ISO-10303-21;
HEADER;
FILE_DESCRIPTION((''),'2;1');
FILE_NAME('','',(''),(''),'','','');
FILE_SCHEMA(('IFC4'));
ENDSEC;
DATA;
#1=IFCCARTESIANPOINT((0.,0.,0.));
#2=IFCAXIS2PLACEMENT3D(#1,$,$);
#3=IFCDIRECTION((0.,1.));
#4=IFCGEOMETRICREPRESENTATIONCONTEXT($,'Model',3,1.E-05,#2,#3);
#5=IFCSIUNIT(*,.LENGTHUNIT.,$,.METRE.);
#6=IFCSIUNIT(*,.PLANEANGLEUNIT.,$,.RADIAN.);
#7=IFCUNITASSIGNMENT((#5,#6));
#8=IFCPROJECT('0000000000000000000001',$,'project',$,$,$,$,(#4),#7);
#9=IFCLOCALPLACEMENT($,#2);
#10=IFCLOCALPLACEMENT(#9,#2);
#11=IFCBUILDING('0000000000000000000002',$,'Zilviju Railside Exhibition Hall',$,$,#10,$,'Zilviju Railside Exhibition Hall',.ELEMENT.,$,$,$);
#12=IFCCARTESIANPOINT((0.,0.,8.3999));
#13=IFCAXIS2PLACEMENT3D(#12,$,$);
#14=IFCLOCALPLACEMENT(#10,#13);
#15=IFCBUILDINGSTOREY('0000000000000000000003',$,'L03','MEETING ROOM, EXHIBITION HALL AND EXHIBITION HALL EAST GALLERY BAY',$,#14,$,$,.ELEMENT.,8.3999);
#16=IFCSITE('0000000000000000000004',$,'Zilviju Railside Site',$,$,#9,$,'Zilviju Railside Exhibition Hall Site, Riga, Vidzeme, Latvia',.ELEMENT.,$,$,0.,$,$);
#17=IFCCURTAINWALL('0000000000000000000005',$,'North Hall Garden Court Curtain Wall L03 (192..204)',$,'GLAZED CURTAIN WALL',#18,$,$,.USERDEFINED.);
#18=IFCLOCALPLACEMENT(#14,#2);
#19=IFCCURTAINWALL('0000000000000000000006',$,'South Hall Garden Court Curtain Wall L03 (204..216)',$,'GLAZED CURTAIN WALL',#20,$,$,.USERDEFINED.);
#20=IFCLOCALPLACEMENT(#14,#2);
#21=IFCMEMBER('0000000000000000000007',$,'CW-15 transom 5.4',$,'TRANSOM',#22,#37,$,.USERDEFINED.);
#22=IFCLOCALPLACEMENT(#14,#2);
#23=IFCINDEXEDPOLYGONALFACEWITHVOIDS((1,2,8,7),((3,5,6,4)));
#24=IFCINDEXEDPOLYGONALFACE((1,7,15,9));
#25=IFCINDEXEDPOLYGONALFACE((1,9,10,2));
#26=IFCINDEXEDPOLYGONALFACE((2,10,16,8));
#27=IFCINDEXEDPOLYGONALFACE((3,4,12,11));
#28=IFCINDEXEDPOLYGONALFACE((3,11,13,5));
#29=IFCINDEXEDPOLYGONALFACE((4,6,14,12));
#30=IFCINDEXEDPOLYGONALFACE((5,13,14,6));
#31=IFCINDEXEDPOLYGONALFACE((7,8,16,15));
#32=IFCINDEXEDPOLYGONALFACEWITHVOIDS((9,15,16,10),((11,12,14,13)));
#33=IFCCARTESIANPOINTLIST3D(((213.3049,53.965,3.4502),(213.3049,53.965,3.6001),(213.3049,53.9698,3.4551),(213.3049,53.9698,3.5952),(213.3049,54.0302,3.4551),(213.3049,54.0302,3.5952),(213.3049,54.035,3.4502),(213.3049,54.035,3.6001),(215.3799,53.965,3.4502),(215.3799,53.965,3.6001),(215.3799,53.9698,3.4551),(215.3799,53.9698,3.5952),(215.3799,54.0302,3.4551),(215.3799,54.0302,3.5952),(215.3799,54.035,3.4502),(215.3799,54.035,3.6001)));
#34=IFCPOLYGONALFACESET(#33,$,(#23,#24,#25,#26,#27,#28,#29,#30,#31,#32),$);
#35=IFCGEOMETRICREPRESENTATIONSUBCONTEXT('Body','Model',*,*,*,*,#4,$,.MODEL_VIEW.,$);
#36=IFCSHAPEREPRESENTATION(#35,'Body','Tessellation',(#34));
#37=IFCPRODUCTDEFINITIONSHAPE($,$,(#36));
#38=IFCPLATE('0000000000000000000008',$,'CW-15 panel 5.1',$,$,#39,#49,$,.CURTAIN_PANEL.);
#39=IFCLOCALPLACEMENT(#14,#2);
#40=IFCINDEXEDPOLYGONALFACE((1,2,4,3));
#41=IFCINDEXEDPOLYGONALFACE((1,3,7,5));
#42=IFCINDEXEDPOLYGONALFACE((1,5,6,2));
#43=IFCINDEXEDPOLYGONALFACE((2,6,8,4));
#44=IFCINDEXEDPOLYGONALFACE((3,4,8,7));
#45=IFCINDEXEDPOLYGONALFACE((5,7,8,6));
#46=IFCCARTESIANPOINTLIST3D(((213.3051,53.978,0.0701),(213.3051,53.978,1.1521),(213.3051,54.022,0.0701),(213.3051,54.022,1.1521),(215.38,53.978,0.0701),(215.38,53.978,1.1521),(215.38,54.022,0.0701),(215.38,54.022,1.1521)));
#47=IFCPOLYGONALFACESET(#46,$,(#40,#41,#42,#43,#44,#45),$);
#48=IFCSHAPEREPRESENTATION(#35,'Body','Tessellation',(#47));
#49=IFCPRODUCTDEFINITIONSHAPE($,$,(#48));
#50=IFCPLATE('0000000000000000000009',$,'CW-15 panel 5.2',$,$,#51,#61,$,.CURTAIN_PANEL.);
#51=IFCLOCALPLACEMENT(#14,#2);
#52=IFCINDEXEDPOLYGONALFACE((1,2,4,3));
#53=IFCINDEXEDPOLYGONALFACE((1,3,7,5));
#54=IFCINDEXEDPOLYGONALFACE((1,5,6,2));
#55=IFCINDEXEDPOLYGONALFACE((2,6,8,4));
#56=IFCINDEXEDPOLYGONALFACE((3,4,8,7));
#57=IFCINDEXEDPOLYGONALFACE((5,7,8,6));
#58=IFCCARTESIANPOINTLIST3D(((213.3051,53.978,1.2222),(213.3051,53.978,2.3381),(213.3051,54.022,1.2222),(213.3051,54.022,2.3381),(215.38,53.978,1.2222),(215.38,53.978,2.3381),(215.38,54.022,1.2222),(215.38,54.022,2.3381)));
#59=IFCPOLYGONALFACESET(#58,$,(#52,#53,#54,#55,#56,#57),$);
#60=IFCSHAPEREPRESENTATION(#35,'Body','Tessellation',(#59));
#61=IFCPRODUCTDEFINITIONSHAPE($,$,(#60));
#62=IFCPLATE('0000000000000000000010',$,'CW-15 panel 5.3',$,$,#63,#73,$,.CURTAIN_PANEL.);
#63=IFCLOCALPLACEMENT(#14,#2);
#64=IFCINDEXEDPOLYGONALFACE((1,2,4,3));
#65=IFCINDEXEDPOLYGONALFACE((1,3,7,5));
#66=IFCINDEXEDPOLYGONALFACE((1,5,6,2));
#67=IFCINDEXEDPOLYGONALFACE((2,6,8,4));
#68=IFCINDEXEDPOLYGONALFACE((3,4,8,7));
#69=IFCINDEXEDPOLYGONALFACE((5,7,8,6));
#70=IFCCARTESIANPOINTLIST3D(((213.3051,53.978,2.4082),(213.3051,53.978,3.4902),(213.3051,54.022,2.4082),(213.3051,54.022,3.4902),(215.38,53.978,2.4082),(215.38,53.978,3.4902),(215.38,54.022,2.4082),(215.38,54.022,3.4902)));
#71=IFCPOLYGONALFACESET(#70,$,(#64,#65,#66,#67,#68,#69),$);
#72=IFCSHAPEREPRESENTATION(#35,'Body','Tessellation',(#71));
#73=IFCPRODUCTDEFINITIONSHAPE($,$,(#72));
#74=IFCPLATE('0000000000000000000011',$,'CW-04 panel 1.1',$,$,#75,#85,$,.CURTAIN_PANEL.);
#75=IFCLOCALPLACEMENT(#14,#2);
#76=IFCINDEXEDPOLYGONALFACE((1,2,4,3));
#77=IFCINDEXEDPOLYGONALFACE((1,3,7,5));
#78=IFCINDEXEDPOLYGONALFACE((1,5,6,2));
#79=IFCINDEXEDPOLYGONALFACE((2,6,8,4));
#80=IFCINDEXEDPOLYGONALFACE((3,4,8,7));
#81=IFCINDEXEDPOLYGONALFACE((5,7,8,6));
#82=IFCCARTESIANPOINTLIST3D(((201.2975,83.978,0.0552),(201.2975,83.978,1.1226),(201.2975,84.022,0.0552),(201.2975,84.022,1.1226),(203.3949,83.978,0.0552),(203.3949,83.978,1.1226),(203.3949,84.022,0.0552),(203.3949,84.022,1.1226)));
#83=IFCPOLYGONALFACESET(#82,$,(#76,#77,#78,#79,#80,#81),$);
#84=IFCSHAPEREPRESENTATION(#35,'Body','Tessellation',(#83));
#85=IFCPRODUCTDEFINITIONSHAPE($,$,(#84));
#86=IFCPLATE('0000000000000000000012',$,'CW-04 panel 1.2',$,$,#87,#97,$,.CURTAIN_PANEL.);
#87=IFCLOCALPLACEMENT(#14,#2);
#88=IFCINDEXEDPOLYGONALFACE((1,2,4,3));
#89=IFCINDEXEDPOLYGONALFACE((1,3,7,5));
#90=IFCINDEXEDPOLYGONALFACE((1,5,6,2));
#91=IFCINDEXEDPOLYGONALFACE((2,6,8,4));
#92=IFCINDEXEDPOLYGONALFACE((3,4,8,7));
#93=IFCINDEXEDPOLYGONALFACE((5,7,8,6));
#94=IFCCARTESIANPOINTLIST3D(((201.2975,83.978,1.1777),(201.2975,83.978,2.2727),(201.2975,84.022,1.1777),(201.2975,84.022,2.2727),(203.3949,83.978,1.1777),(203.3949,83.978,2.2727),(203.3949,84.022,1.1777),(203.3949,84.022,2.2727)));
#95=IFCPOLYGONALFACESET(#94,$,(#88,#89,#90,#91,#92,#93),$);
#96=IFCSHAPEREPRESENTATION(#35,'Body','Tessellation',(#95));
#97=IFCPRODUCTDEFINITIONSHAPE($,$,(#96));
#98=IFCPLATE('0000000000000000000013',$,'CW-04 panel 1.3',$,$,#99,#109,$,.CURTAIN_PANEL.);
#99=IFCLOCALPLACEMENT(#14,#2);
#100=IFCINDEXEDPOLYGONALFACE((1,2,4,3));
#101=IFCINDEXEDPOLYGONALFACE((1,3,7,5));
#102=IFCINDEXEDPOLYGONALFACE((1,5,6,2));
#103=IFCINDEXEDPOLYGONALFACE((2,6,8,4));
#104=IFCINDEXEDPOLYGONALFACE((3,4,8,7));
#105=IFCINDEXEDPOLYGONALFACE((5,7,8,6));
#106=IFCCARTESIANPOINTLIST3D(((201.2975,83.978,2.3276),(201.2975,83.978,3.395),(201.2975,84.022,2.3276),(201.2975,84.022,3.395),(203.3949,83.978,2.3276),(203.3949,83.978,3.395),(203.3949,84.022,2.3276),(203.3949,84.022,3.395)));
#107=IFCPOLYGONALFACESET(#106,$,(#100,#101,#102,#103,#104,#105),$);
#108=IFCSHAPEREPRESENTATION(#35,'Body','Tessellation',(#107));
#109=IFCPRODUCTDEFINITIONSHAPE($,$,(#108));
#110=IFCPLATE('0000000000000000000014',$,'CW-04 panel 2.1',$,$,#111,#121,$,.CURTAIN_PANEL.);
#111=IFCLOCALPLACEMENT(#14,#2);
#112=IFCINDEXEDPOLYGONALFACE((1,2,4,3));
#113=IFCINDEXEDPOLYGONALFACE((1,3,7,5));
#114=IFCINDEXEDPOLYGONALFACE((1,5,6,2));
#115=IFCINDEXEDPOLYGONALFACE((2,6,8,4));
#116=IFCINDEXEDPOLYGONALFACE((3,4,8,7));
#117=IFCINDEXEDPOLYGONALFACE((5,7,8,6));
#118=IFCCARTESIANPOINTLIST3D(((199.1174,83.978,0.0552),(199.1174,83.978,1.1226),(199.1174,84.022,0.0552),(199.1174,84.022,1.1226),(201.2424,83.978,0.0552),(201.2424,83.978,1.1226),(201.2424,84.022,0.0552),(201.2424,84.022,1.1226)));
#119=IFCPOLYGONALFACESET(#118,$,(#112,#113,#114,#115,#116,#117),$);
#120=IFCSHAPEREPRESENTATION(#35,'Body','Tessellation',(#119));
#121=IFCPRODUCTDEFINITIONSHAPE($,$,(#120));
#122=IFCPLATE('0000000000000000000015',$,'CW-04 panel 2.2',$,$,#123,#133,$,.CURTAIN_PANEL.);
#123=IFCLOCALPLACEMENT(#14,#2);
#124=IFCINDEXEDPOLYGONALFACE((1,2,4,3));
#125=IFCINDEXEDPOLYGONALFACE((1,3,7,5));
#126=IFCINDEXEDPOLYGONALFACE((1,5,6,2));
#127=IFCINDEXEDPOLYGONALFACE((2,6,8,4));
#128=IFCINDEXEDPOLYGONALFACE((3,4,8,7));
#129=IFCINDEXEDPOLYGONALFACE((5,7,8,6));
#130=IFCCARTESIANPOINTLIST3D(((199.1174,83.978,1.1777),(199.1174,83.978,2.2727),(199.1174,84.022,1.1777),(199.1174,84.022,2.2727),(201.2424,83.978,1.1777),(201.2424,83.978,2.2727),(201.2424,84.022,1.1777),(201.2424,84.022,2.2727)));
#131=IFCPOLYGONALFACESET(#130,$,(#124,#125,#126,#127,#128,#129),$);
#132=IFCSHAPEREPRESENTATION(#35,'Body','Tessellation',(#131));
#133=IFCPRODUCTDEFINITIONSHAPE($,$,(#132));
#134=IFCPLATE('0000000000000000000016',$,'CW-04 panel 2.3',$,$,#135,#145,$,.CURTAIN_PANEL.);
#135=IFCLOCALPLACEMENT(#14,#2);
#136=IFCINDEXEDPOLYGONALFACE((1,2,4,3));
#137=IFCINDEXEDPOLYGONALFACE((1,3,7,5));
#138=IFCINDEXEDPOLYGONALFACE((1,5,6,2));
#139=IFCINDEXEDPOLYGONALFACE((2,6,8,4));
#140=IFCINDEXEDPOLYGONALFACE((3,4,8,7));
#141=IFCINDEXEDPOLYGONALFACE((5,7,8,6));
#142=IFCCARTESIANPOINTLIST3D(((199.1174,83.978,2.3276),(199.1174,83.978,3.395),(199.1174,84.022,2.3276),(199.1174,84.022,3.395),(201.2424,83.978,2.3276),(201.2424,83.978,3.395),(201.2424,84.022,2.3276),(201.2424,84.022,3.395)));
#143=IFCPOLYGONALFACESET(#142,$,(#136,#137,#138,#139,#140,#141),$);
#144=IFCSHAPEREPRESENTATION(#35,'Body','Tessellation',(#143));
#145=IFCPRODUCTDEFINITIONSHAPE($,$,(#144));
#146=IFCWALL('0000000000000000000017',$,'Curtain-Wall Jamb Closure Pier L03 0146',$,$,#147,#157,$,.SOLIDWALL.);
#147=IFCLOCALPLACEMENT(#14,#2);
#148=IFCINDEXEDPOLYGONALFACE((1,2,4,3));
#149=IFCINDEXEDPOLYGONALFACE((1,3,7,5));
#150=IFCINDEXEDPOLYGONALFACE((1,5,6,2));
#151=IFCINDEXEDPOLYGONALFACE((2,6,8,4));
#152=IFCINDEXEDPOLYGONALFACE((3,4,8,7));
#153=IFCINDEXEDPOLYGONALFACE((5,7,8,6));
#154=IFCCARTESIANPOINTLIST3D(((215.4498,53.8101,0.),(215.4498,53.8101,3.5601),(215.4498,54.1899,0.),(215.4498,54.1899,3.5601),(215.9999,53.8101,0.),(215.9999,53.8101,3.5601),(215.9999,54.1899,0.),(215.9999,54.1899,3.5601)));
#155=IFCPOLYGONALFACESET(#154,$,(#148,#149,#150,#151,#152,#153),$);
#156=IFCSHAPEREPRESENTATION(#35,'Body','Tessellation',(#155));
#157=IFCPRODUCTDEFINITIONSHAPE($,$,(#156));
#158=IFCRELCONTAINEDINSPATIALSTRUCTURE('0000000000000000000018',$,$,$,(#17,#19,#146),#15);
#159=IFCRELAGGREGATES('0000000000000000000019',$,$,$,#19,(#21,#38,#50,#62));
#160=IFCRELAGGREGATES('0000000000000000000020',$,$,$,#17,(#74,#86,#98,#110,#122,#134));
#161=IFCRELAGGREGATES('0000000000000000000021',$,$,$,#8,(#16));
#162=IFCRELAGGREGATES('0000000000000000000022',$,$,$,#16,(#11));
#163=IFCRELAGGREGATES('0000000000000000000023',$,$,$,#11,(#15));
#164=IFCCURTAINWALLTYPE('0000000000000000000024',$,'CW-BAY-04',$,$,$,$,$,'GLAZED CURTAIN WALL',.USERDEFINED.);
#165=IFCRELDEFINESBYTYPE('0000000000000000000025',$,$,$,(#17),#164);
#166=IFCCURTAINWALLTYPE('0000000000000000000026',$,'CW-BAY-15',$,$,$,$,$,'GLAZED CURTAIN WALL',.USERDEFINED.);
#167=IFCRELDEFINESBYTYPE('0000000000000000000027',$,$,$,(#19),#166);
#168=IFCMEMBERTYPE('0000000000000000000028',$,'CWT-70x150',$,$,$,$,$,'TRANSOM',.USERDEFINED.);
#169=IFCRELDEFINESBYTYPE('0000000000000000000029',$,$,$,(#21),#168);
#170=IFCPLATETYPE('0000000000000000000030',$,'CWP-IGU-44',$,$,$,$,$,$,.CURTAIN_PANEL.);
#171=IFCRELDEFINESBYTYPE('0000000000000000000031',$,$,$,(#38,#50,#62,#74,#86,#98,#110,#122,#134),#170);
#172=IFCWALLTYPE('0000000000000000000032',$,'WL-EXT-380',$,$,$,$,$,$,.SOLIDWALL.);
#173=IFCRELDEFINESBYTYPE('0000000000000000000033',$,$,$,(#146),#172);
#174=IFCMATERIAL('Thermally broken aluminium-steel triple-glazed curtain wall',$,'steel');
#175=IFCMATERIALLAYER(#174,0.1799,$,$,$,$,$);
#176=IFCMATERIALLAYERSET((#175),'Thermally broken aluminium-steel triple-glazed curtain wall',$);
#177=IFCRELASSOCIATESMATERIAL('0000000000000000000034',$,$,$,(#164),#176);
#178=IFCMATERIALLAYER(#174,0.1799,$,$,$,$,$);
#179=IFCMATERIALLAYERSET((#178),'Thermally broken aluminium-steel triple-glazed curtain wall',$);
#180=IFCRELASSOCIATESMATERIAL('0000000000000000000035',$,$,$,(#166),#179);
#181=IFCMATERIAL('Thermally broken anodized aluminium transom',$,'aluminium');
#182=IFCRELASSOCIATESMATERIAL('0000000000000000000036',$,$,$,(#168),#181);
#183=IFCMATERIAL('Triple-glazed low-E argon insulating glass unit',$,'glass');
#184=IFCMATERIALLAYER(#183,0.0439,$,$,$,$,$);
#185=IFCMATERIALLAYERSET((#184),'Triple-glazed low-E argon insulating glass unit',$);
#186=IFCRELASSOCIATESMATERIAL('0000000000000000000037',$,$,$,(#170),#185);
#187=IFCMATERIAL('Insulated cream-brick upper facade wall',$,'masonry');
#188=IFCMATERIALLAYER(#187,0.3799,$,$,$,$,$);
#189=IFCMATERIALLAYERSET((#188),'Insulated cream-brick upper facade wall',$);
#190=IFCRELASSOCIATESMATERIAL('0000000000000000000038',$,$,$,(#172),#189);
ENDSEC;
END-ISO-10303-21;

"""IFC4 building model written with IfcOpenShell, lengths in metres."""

from ifc_helpers import new_model, si_unit, direction, frame, frame_2d, origin, origin_2d, place, context, subcontext, project, spatial, rectangle, hollow_rectangle, extrude, material, layer, layer_set, material_profile, profile_set, type_object, element, aggregate, save


model = new_model("IFC4")

# Units and contexts
model_context = context("Model", 3, precision=1e-05, world=origin(), true_north=direction((0.0, 1.0)))
body_context = subcontext(model_context, "Body", "Model", "MODEL_VIEW")
ifc_project = project(units=[si_unit("LENGTHUNIT", "METRE"), si_unit("PLANEANGLEUNIT", "RADIAN")], contexts=[model_context])

# Site, building, storey
site_placement = place(None, origin())
site = spatial("IfcSite", under=ifc_project, at=site_placement, Name="Zilviju Railside Site", LongName="Zilviju Railside Exhibition Hall Site, Riga, Vidzeme, Latvia", CompositionType="ELEMENT", RefElevation=0.0)
building_placement = place(site_placement, origin())
building = spatial("IfcBuilding", under=site, at=building_placement, Name="Zilviju Railside Exhibition Hall", LongName="Zilviju Railside Exhibition Hall", CompositionType="ELEMENT")
storey_placement = place(building_placement, frame((0.0, 0.0, 8.3999)))
storey = spatial("IfcBuildingStorey", under=building, at=storey_placement, Name="L03", Description="MEETING ROOM, EXHIBITION HALL AND EXHIBITION HALL EAST GALLERY BAY", CompositionType="ELEMENT", Elevation=8.3999)

# Curtain wall
ifc_material_1 = material(Name="Thermally broken aluminium-steel triple-glazed curtain wall", Category="steel")
ifc_layer_1 = layer(ifc_material_1, 0.1799)
ifc_layer_set_1 = layer_set([ifc_layer_1], Name="Thermally broken aluminium-steel triple-glazed curtain wall")
curtain_wall_type_1 = type_object("IfcCurtainWallType", Name="CW-BAY-04", ElementType="GLAZED CURTAIN WALL", PredefinedType="USERDEFINED", material=ifc_layer_set_1)
curtain_wall_1_placement = place(storey_placement, origin())
curtain_wall_1 = element("IfcCurtainWall", 1, at=curtain_wall_1_placement, inside=storey, type_object=curtain_wall_type_1, Name="North Hall Garden Court Curtain Wall L03 (192..204)", ObjectType="GLAZED CURTAIN WALL", PredefinedType="USERDEFINED")

# Curtain wall
ifc_layer_2 = layer(ifc_material_1, 0.1799)
ifc_layer_set_2 = layer_set([ifc_layer_2], Name="Thermally broken aluminium-steel triple-glazed curtain wall")
curtain_wall_type_2 = type_object("IfcCurtainWallType", Name="CW-BAY-15", ElementType="GLAZED CURTAIN WALL", PredefinedType="USERDEFINED", material=ifc_layer_set_2)
curtain_wall_2_placement = place(storey_placement, origin())
curtain_wall_2 = element("IfcCurtainWall", 2, at=curtain_wall_2_placement, inside=storey, type_object=curtain_wall_type_2, Name="South Hall Garden Court Curtain Wall L03 (204..216)", ObjectType="GLAZED CURTAIN WALL", PredefinedType="USERDEFINED")

# Member
ifc_material_2 = material(Name="Thermally broken anodized aluminium transom", Category="aluminium")
ifc_material_profile_1 = material_profile(ifc_material_2, hollow_rectangle(XDim=0.0701, YDim=0.1499, WallThickness=0.0049, at=origin_2d()), Name="TRANSOM 150x70x5")
ifc_profile_set_1 = profile_set([ifc_material_profile_1], Name="Thermally broken anodized aluminium transom")
member_type_1 = type_object("IfcMemberType", Name="CWT-70x150", ElementType="TRANSOM", PredefinedType="USERDEFINED", material=ifc_profile_set_1)
member_1_placement = place(storey_placement, frame((213.3049, 54.0, 3.5251), z_axis=(1.0, 0.0, 0.0), x_axis=(0.0, 1.0, 0.0)))
member_1 = element("IfcMember", 3, at=member_1_placement, type_object=member_type_1, Name="CW-15 transom 5.4", ObjectType="TRANSOM", PredefinedType="USERDEFINED", context=body_context, shape_type="SweptSolid", body=[
    extrude(hollow_rectangle(XDim=0.0701, YDim=0.1499, WallThickness=0.0049, at=origin_2d()), origin(), (0.0, 0.0, 1.0), 2.075),
])

# Plates
ifc_material_3 = material(Name="Triple-glazed low-E argon insulating glass unit", Category="glass")
ifc_layer_3 = layer(ifc_material_3, 0.0439)
ifc_layer_set_3 = layer_set([ifc_layer_3], Name="Triple-glazed low-E argon insulating glass unit")
plate_type = type_object("IfcPlateType", Name="CWP-IGU-44", PredefinedType="CURTAIN_PANEL", material=ifc_layer_set_3)
plate_1_placement = place(storey_placement, frame((214.3425, 54.0, 0.0701), z_axis=(0.0, 0.0, 1.0), x_axis=(1.0, 0.0, 0.0)))
plate_1 = element("IfcPlate", 4, at=plate_1_placement, type_object=plate_type, Name="CW-15 panel 5.1", PredefinedType="CURTAIN_PANEL", context=body_context, shape_type="SweptSolid", body=[
    extrude(rectangle(XDim=2.075, YDim=0.0439, at=origin_2d()), origin(), (0.0, 0.0, 1.0), 1.082),
])
plate_2_placement = place(storey_placement, frame((214.3425, 54.0, 1.2222), z_axis=(0.0, 0.0, 1.0), x_axis=(1.0, 0.0, 0.0)))
plate_2 = element("IfcPlate", 5, at=plate_2_placement, type_object=plate_type, Name="CW-15 panel 5.2", PredefinedType="CURTAIN_PANEL", context=body_context, shape_type="SweptSolid", body=[
    extrude(rectangle(XDim=2.075, YDim=0.0439, at=origin_2d()), origin(), (0.0, 0.0, 1.0), 1.116),
])
plate_3_placement = place(storey_placement, frame((214.3425, 54.0, 2.4082), z_axis=(0.0, 0.0, 1.0), x_axis=(1.0, 0.0, 0.0)))
plate_3 = element("IfcPlate", 6, at=plate_3_placement, type_object=plate_type, Name="CW-15 panel 5.3", PredefinedType="CURTAIN_PANEL", context=body_context, shape_type="SweptSolid", body=[
    extrude(rectangle(XDim=2.075, YDim=0.0439, at=origin_2d()), origin(), (0.0, 0.0, 1.0), 1.082),
])
aggregate(curtain_wall_2, [member_1, plate_1, plate_2, plate_3])
plate_4_placement = place(storey_placement, frame((202.3462, 84.0, 0.0552), z_axis=(0.0, 0.0, 1.0), x_axis=(-1.0, 0.0, 0.0)))
plate_4 = element("IfcPlate", 7, at=plate_4_placement, type_object=plate_type, Name="CW-04 panel 1.1", PredefinedType="CURTAIN_PANEL", context=body_context, shape_type="SweptSolid", body=[
    extrude(rectangle(XDim=2.0974, YDim=0.0439, at=origin_2d()), origin(), (0.0, 0.0, 1.0), 1.0674),
])
plate_5_placement = place(storey_placement, frame((202.3462, 84.0, 1.1777), z_axis=(0.0, 0.0, 1.0), x_axis=(-1.0, 0.0, 0.0)))
plate_5 = element("IfcPlate", 8, at=plate_5_placement, type_object=plate_type, Name="CW-04 panel 1.2", PredefinedType="CURTAIN_PANEL", context=body_context, shape_type="SweptSolid", body=[
    extrude(rectangle(XDim=2.0974, YDim=0.0439, at=origin_2d()), origin(), (0.0, 0.0, 1.0), 1.095),
])
plate_6_placement = place(storey_placement, frame((202.3462, 84.0, 2.3276), z_axis=(0.0, 0.0, 1.0), x_axis=(-1.0, 0.0, 0.0)))
plate_6 = element("IfcPlate", 9, at=plate_6_placement, type_object=plate_type, Name="CW-04 panel 1.3", PredefinedType="CURTAIN_PANEL", context=body_context, shape_type="SweptSolid", body=[
    extrude(rectangle(XDim=2.0974, YDim=0.0439, at=origin_2d()), origin(), (0.0, 0.0, 1.0), 1.0674),
])
plate_7_placement = place(storey_placement, frame((200.1799, 84.0, 0.0552), z_axis=(0.0, 0.0, 1.0), x_axis=(-1.0, 0.0, 0.0)))
plate_7 = element("IfcPlate", 10, at=plate_7_placement, type_object=plate_type, Name="CW-04 panel 2.1", PredefinedType="CURTAIN_PANEL", context=body_context, shape_type="SweptSolid", body=[
    extrude(rectangle(XDim=2.125, YDim=0.0439, at=origin_2d()), origin(), (0.0, 0.0, 1.0), 1.0674),
])
plate_8_placement = place(storey_placement, frame((200.1799, 84.0, 1.1777), z_axis=(0.0, 0.0, 1.0), x_axis=(-1.0, 0.0, 0.0)))
plate_8 = element("IfcPlate", 11, at=plate_8_placement, type_object=plate_type, Name="CW-04 panel 2.2", PredefinedType="CURTAIN_PANEL", context=body_context, shape_type="SweptSolid", body=[
    extrude(rectangle(XDim=2.125, YDim=0.0439, at=origin_2d()), origin(), (0.0, 0.0, 1.0), 1.095),
])
plate_9_placement = place(storey_placement, frame((200.1799, 84.0, 2.3276), z_axis=(0.0, 0.0, 1.0), x_axis=(-1.0, 0.0, 0.0)))
plate_9 = element("IfcPlate", 12, at=plate_9_placement, type_object=plate_type, Name="CW-04 panel 2.3", PredefinedType="CURTAIN_PANEL", context=body_context, shape_type="SweptSolid", body=[
    extrude(rectangle(XDim=2.125, YDim=0.0439, at=origin_2d()), origin(), (0.0, 0.0, 1.0), 1.0674),
])
aggregate(curtain_wall_1, [plate_4, plate_5, plate_6, plate_7, plate_8, plate_9])

# Wall
ifc_material_4 = material(Name="Insulated cream-brick upper facade wall", Category="masonry")
ifc_layer_4 = layer(ifc_material_4, 0.3799)
ifc_layer_set_4 = layer_set([ifc_layer_4], Name="Insulated cream-brick upper facade wall")
wall_type = type_object("IfcWallType", Name="WL-EXT-380", PredefinedType="SOLIDWALL", material=ifc_layer_set_4)
wall_placement = place(storey_placement, frame((215.45, 54.0, 0.0), z_axis=(0.0, 0.0, 1.0), x_axis=(1.0, 0.0, 0.0)))
element("IfcWall", 13, at=wall_placement, inside=storey, type_object=wall_type, Name="Curtain-Wall Jamb Closure Pier L03 0146", PredefinedType="SOLIDWALL", context=body_context, shape_type="SweptSolid", body=[
    extrude(rectangle(XDim=0.55, YDim=0.3799, at=frame_2d((0.2749, 0.0))), origin(), (0.0, 0.0, 1.0), 3.5601),
])

save(model, "model.ifc")
